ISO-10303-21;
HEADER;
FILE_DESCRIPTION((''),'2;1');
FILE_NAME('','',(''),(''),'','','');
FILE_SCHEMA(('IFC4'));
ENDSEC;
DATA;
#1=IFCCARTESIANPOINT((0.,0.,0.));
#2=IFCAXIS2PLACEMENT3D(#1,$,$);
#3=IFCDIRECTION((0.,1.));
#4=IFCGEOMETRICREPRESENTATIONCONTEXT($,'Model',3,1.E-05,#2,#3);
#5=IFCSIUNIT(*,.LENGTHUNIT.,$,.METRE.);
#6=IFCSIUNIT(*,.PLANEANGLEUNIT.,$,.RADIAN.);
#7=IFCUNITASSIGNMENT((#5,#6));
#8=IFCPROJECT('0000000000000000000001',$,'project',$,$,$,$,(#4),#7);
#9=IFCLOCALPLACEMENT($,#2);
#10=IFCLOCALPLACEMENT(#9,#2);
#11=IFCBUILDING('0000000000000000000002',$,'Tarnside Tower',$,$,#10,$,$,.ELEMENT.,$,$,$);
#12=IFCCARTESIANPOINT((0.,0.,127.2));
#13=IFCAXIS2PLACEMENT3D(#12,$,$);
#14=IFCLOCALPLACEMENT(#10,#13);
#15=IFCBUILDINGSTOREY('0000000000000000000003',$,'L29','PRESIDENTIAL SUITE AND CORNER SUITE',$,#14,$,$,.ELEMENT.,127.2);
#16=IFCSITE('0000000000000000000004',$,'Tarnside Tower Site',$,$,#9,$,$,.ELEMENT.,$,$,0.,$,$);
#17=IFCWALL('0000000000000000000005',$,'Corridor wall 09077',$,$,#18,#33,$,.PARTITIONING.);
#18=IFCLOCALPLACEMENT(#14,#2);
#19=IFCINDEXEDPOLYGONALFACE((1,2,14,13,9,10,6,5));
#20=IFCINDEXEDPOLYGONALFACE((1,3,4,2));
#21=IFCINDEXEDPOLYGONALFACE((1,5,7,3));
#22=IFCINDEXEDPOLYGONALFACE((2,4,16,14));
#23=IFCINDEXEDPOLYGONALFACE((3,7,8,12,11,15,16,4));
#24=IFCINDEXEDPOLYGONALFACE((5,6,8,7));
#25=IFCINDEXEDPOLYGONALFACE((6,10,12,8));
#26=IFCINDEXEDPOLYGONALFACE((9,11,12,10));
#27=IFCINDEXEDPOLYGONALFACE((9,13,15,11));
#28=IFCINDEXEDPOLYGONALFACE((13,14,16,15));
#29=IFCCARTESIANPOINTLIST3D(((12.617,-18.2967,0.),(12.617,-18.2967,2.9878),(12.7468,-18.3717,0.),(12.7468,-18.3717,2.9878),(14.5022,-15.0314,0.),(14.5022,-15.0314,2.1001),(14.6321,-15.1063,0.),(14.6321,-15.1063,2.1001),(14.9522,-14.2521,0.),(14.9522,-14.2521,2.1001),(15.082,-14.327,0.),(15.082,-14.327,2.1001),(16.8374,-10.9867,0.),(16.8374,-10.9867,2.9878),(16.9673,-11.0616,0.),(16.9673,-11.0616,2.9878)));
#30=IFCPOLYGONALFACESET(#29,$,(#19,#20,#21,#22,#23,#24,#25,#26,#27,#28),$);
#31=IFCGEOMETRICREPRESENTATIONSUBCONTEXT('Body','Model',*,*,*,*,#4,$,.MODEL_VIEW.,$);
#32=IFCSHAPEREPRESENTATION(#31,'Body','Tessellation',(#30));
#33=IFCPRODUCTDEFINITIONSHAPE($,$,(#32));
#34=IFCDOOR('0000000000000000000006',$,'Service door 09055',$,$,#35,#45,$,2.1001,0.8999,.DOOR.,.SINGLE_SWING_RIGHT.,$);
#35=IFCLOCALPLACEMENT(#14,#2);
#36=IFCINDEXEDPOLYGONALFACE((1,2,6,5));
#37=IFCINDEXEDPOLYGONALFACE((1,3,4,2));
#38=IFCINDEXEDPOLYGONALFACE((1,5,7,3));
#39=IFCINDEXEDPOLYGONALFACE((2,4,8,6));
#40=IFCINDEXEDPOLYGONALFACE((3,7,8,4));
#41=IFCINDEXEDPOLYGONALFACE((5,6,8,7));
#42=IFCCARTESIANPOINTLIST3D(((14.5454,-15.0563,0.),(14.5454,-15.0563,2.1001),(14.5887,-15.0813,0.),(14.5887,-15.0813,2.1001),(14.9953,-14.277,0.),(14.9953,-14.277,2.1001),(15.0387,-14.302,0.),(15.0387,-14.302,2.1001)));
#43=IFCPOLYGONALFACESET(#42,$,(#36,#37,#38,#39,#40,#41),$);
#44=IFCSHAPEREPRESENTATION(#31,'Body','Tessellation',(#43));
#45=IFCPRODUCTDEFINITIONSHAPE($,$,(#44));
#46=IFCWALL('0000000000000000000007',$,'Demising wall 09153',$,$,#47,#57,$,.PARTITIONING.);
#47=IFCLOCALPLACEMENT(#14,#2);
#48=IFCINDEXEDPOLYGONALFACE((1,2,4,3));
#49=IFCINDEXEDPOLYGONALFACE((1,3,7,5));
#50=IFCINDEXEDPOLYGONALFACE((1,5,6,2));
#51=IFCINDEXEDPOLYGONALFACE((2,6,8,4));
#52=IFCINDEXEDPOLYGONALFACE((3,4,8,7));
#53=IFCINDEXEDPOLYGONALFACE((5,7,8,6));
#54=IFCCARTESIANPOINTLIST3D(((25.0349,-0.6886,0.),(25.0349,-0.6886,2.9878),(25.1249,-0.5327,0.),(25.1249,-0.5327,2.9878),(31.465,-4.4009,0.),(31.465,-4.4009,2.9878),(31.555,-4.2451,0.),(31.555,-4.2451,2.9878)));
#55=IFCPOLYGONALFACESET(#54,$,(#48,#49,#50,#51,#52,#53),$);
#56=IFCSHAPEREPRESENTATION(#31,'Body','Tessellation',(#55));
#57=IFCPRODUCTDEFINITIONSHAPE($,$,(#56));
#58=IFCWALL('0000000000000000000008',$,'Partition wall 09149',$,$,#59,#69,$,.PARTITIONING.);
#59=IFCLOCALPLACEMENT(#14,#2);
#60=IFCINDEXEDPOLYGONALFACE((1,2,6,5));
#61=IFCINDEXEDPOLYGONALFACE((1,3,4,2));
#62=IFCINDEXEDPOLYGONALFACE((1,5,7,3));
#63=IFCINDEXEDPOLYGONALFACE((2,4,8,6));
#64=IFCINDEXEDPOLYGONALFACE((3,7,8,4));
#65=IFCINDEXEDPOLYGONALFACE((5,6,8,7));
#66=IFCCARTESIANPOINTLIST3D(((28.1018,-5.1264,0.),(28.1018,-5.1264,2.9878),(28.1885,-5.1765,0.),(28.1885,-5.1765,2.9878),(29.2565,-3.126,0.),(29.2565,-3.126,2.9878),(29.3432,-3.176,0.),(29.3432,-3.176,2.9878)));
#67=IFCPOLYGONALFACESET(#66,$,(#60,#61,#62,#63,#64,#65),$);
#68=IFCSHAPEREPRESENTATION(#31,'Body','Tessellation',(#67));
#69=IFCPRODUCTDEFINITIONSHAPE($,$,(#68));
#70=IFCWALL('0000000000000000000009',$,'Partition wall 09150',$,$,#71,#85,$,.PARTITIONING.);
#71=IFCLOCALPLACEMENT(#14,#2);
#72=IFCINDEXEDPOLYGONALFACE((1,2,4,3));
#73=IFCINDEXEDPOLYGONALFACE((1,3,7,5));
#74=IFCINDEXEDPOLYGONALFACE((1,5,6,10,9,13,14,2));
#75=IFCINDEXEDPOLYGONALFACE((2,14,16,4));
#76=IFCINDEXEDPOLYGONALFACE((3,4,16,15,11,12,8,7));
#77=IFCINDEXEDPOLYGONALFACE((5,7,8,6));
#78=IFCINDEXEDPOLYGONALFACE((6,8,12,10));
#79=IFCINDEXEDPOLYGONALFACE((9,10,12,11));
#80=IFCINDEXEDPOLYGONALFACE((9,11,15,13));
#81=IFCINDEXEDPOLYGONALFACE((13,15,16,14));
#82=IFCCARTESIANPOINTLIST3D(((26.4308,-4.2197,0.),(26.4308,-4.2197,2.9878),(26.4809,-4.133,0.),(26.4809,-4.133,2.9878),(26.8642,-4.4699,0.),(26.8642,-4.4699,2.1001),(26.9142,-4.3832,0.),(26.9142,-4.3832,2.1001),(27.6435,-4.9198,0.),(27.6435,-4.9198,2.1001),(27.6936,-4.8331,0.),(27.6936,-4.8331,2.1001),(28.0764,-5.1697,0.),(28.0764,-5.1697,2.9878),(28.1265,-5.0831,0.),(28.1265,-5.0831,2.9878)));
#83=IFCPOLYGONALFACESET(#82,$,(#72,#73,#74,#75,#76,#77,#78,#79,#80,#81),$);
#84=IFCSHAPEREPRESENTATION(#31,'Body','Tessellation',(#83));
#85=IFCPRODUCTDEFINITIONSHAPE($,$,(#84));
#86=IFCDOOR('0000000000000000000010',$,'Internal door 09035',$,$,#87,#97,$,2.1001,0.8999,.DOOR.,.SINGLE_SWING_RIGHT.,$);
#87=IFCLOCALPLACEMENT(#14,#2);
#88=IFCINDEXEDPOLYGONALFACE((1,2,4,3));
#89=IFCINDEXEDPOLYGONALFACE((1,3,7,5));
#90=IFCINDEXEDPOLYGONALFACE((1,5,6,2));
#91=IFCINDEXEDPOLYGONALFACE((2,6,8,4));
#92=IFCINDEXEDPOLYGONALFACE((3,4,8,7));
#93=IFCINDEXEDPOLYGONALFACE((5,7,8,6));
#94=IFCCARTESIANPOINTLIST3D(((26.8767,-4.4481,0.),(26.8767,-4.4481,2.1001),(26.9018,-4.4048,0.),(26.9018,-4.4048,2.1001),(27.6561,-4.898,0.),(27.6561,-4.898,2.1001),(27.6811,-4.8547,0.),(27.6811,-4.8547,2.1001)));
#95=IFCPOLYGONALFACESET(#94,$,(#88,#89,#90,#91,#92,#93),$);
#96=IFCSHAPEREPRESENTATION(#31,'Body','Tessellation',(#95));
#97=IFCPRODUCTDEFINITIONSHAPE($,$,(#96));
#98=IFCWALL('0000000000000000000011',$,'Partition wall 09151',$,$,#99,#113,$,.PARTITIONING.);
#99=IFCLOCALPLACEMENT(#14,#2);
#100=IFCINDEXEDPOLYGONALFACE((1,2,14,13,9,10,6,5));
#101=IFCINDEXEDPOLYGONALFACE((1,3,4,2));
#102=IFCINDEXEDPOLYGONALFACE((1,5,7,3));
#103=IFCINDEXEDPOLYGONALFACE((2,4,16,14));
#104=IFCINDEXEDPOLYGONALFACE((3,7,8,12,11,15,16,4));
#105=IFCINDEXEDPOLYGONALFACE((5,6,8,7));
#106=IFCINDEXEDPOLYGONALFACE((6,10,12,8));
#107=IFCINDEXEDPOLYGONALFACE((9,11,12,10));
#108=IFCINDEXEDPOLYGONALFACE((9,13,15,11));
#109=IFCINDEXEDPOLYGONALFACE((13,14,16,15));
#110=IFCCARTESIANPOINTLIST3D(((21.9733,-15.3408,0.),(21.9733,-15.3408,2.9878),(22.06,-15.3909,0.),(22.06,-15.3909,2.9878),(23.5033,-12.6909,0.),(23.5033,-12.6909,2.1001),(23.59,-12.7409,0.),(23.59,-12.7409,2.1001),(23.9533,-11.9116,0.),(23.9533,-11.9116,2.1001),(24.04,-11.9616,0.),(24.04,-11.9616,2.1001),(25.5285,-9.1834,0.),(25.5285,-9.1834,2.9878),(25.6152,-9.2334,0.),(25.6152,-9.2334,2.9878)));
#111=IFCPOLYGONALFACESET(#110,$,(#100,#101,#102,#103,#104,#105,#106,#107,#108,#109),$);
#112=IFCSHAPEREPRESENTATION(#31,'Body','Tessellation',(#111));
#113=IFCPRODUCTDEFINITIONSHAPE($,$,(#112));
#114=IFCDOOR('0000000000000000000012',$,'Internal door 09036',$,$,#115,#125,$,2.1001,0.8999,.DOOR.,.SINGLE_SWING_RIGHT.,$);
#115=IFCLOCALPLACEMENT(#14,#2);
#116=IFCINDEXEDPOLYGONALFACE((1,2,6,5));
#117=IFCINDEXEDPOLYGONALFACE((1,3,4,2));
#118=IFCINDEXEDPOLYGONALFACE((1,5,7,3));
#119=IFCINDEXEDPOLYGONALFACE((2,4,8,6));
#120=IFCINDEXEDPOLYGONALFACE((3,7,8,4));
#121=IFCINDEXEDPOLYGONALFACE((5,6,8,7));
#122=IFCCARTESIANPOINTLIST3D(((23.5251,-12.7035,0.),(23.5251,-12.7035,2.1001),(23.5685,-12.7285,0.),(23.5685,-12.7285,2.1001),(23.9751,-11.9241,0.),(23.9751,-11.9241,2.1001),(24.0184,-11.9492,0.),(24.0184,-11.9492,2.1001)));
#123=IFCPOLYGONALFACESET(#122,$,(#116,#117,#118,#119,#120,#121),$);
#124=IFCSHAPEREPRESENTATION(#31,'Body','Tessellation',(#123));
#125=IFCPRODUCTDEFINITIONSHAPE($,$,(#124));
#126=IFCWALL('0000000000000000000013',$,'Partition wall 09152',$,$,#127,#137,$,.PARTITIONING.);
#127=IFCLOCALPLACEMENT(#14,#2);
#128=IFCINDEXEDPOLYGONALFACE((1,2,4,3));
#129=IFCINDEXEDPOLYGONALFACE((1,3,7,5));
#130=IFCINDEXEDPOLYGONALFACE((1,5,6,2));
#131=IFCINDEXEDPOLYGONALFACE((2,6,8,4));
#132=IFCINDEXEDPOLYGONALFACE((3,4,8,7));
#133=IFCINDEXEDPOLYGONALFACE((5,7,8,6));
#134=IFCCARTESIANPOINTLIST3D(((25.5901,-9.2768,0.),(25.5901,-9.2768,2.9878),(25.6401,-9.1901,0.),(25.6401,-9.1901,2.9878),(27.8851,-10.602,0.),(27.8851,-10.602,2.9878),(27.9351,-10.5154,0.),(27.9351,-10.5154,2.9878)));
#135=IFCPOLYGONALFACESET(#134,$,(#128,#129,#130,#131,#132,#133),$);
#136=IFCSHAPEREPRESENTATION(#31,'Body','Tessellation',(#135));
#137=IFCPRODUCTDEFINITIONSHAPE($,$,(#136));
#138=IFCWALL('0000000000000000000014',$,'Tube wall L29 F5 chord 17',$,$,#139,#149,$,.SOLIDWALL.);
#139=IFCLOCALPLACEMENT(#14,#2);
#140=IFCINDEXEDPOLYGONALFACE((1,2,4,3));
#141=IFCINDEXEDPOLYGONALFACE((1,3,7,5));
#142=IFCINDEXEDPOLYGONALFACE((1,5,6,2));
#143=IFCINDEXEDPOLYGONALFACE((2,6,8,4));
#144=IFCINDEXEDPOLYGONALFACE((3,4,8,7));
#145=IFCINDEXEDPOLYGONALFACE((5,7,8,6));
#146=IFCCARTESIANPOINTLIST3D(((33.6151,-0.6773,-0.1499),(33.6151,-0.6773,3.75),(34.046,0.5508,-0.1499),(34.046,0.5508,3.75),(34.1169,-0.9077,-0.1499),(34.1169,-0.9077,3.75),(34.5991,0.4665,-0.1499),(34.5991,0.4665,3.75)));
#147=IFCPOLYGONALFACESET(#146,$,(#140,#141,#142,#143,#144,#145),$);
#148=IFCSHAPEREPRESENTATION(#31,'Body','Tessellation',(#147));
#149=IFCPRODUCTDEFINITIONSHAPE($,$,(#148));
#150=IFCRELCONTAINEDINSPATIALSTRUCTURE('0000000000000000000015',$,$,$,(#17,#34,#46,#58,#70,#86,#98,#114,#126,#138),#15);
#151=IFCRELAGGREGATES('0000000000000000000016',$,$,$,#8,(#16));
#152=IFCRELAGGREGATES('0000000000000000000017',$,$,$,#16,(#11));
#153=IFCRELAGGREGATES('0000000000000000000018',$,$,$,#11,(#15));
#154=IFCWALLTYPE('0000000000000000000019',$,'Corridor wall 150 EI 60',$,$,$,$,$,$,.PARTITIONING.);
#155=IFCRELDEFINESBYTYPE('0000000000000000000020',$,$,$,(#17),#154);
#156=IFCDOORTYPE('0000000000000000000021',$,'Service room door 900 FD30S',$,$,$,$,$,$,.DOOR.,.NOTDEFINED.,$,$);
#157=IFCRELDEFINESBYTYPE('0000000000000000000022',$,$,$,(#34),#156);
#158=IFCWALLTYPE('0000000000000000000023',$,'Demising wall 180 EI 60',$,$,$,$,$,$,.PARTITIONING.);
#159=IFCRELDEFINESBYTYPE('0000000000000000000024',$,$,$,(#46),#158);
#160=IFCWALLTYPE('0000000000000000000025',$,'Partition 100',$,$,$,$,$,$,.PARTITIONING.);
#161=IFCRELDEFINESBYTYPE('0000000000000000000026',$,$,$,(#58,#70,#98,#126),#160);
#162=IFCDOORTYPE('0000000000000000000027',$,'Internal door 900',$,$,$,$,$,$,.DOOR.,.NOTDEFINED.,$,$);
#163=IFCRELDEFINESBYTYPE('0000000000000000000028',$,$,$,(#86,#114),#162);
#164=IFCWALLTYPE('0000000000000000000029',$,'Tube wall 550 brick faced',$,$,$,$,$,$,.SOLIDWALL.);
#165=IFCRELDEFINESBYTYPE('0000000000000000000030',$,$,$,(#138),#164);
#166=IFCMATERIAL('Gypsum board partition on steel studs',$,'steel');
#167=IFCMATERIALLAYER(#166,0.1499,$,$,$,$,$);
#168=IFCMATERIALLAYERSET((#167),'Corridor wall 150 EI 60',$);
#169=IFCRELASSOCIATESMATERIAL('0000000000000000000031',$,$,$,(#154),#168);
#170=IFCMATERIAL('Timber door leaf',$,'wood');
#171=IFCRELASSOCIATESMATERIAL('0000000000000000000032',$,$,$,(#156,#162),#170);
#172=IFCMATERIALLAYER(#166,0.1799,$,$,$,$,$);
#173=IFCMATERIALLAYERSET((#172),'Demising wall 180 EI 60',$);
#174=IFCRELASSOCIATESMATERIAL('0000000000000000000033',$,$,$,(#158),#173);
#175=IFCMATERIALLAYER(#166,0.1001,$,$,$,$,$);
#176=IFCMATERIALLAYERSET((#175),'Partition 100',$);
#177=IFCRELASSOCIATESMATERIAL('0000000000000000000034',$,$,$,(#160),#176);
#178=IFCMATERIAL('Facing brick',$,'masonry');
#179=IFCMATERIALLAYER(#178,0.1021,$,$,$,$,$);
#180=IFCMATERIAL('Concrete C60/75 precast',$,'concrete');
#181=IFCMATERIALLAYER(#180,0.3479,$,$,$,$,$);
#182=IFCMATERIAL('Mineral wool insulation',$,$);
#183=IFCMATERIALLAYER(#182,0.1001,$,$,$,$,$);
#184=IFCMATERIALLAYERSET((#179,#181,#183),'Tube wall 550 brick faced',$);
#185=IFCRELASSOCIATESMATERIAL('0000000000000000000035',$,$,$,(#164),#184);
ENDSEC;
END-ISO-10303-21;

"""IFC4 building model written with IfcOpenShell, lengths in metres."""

from ifc_helpers import new_model, si_unit, direction, frame, frame_2d, origin, place, context, subcontext, project, spatial, polyline, rectangle, outline, extrude, material, layer, layer_set, type_object, element, fill, save


model = new_model("IFC4")

# Units and contexts
model_context = context("Model", 3, precision=1e-05, world=origin(), true_north=direction((0.0, 1.0)))
body_context = subcontext(model_context, "Body", "Model", "MODEL_VIEW")
ifc_project = project(units=[si_unit("LENGTHUNIT", "METRE"), si_unit("PLANEANGLEUNIT", "RADIAN")], contexts=[model_context])

# Site, building, storey
site_placement = place(None, origin())
site = spatial("IfcSite", under=ifc_project, at=site_placement, Name="Tarnside Tower Site", CompositionType="ELEMENT", RefElevation=0.0)
building_placement = place(site_placement, origin())
building = spatial("IfcBuilding", under=site, at=building_placement, Name="Tarnside Tower", CompositionType="ELEMENT")
storey_placement = place(building_placement, frame((0.0, 0.0, 127.2)))
storey = spatial("IfcBuildingStorey", under=building, at=storey_placement, Name="L29", Description="PRESIDENTIAL SUITE AND CORNER SUITE", CompositionType="ELEMENT", Elevation=127.2)

# Shared definitions
ifc_material_1 = material(Name="Gypsum board partition on steel studs", Category="steel")

# Shared definitions
ifc_material_2 = material(Name="Timber door leaf", Category="wood")

# Shared definitions
ifc_layer_1 = layer(ifc_material_1, 0.1499)
ifc_layer_set_1 = layer_set([ifc_layer_1], Name="Corridor wall 150 EI 60")
wall_type_1 = type_object("IfcWallType", Name="Corridor wall 150 EI 60", PredefinedType="PARTITIONING", material=ifc_layer_set_1)

# Wall, opening, door
wall_1_placement = place(storey_placement, frame((16.9023, -11.0242, 0.0), z_axis=(0.0, 0.0, 1.0), x_axis=(-0.5, -0.866026, 0.0)))
wall_1 = element("IfcWall", 1, at=wall_1_placement, inside=storey, type_object=wall_type_1, Name="Corridor wall 09077", PredefinedType="PARTITIONING", context=body_context, shape_type="SweptSolid", body=[
    extrude(rectangle(XDim=8.4409, YDim=0.1499, at=frame_2d((4.2205, 0.0))), origin(), (0.0, 0.0, 1.0), 2.9878),
])
opening_1_placement = place(wall_1_placement, frame((3.7705, 0.0, 0.0)))
opening_1 = element("IfcOpeningElement", 2, at=opening_1_placement, cuts=wall_1, PredefinedType="OPENING", context=body_context, shape_type="SweptSolid", body=[
    extrude(rectangle(XDim=0.8999, YDim=2.1001, at=frame_2d((0.45, 1.05))), frame((0.0, 0.085, 0.0), z_axis=(0.0, -1.0, 0.0), x_axis=(1.0, 0.0, 0.0)), (0.0, 0.0, 1.0), 0.1699),
])
door_type_1 = type_object("IfcDoorType", Name="Service room door 900 FD30S", OperationType="NOTDEFINED", PredefinedType="DOOR", material=ifc_material_2)
door_1_placement = place(opening_1_placement, origin())
door_1 = element("IfcDoor", 3, at=door_1_placement, inside=storey, type_object=door_type_1, Name="Service door 09055", OperationType="SINGLE_SWING_RIGHT", OverallHeight=2.1001, OverallWidth=0.8999, PredefinedType="DOOR", context=body_context, shape_type="SweptSolid", body=[
    extrude(rectangle(XDim=0.8999, YDim=2.1001, at=frame_2d((0.45, 1.05))), frame((0.0, 0.0249, 0.0), z_axis=(0.0, -1.0, 0.0), x_axis=(1.0, 0.0, 0.0)), (0.0, 0.0, 1.0), 0.05),
])
fill(opening_1, door_1)

# Walls
ifc_layer_2 = layer(ifc_material_1, 0.1799)
ifc_layer_set_2 = layer_set([ifc_layer_2], Name="Demising wall 180 EI 60")
wall_type_2 = type_object("IfcWallType", Name="Demising wall 180 EI 60", PredefinedType="PARTITIONING", material=ifc_layer_set_2)
wall_2_placement = place(storey_placement, frame((31.51, -4.323, 0.0), z_axis=(0.0, 0.0, 1.0), x_axis=(-0.866029, 0.499994, 0.0)))
element("IfcWall", 4, at=wall_2_placement, inside=storey, type_object=wall_type_2, Name="Demising wall 09153", PredefinedType="PARTITIONING", context=body_context, shape_type="SweptSolid", body=[
    extrude(rectangle(XDim=7.4248, YDim=0.1799, at=frame_2d((3.7124, 0.0))), origin(), (0.0, 0.0, 1.0), 2.9878),
])
ifc_layer_3 = layer(ifc_material_1, 0.1001)
ifc_layer_set_3 = layer_set([ifc_layer_3], Name="Partition 100")
wall_type_3 = type_object("IfcWallType", Name="Partition 100", PredefinedType="PARTITIONING", material=ifc_layer_set_3)
wall_3_placement = place(storey_placement, frame((29.2998, -3.1511, 0.0), z_axis=(0.0, 0.0, 1.0), x_axis=(-0.499936, -0.866062, 0.0)))
element("IfcWall", 5, at=wall_3_placement, inside=storey, type_object=wall_type_3, Name="Partition wall 09149", PredefinedType="PARTITIONING", context=body_context, shape_type="SweptSolid", body=[
    extrude(rectangle(XDim=2.3098, YDim=0.1001, at=frame_2d((1.1548, 0.0))), origin(), (0.0, 0.0, 1.0), 2.9878),
])

# Walls, openings, doors
wall_4_placement = place(storey_placement, frame((28.1016, -5.1265, 0.0), z_axis=(0.0, 0.0, 1.0), x_axis=(-0.866044, 0.499967, 0.0)))
wall_4 = element("IfcWall", 6, at=wall_4_placement, inside=storey, type_object=wall_type_3, Name="Partition wall 09150", PredefinedType="PARTITIONING", context=body_context, shape_type="SweptSolid", body=[
    extrude(rectangle(XDim=1.9001, YDim=0.1001, at=frame_2d((0.9502, 0.0))), origin(), (0.0, 0.0, 1.0), 2.9878),
])
opening_2_placement = place(wall_4_placement, frame((0.5, 0.0, 0.0)))
opening_2 = element("IfcOpeningElement", 7, at=opening_2_placement, cuts=wall_4, PredefinedType="OPENING", context=body_context, shape_type="SweptSolid", body=[
    extrude(rectangle(XDim=0.8999, YDim=2.1001, at=frame_2d((0.45, 1.05))), frame((0.0, 0.0601, 0.0), z_axis=(0.0, -1.0, 0.0), x_axis=(1.0, 0.0, 0.0)), (0.0, 0.0, 1.0), 0.1201),
])
door_type_2 = type_object("IfcDoorType", Name="Internal door 900", OperationType="NOTDEFINED", PredefinedType="DOOR", material=ifc_material_2)
door_2_placement = place(opening_2_placement, origin())
door_2 = element("IfcDoor", 8, at=door_2_placement, inside=storey, type_object=door_type_2, Name="Internal door 09035", OperationType="SINGLE_SWING_RIGHT", OverallHeight=2.1001, OverallWidth=0.8999, PredefinedType="DOOR", context=body_context, shape_type="SweptSolid", body=[
    extrude(rectangle(XDim=0.8999, YDim=2.1001, at=frame_2d((0.45, 1.05))), frame((0.0, 0.0249, 0.0), z_axis=(0.0, -1.0, 0.0), x_axis=(1.0, 0.0, 0.0)), (0.0, 0.0, 1.0), 0.05),
])
fill(opening_2, door_2)
wall_5_placement = place(storey_placement, frame((22.0166, -15.366, 0.0), z_axis=(0.0, 0.0, 1.0), x_axis=(0.500017, 0.866016, 0.0)))
wall_5 = element("IfcWall", 9, at=wall_5_placement, inside=storey, type_object=wall_type_3, Name="Partition wall 09151", PredefinedType="PARTITIONING", context=body_context, shape_type="SweptSolid", body=[
    extrude(rectangle(XDim=7.1101, YDim=0.1001, at=frame_2d((3.5552, 0.0))), origin(), (0.0, 0.0, 1.0), 2.9878),
])
opening_3_placement = place(wall_5_placement, frame((3.0601, 0.0, 0.0)))
opening_3 = element("IfcOpeningElement", 10, at=opening_3_placement, cuts=wall_5, PredefinedType="OPENING", context=body_context, shape_type="SweptSolid", body=[
    extrude(rectangle(XDim=0.8999, YDim=2.1001, at=frame_2d((0.45, 1.05))), frame((0.0, 0.0601, 0.0), z_axis=(0.0, -1.0, 0.0), x_axis=(1.0, 0.0, 0.0)), (0.0, 0.0, 1.0), 0.1201),
])
door_3_placement = place(opening_3_placement, origin())
door_3 = element("IfcDoor", 11, at=door_3_placement, inside=storey, type_object=door_type_2, Name="Internal door 09036", OperationType="SINGLE_SWING_RIGHT", OverallHeight=2.1001, OverallWidth=0.8999, PredefinedType="DOOR", context=body_context, shape_type="SweptSolid", body=[
    extrude(rectangle(XDim=0.8999, YDim=2.1001, at=frame_2d((0.45, 1.05))), frame((0.0, 0.0249, 0.0), z_axis=(0.0, -1.0, 0.0), x_axis=(1.0, 0.0, 0.0)), (0.0, 0.0, 1.0), 0.05),
])
fill(opening_3, door_3)

# Walls
wall_6_placement = place(storey_placement, frame((25.615, -9.2334, 0.0), z_axis=(0.0, 0.0, 1.0), x_axis=(0.865989, -0.500063, 0.0)))
element("IfcWall", 12, at=wall_6_placement, inside=storey, type_object=wall_type_3, Name="Partition wall 09152", PredefinedType="PARTITIONING", context=body_context, shape_type="SweptSolid", body=[
    extrude(rectangle(XDim=2.6501, YDim=0.1001, at=frame_2d((1.3252, 0.0))), origin(), (0.0, 0.0, 1.0), 2.9878),
])
ifc_material_3 = material(Name="Facing brick", Category="masonry")
ifc_layer_4 = layer(ifc_material_3, 0.1021)
ifc_material_4 = material(Name="Concrete C60/75 precast", Category="concrete")
ifc_layer_5 = layer(ifc_material_4, 0.3479)
ifc_material_5 = material(Name="Mineral wool insulation")
ifc_layer_6 = layer(ifc_material_5, 0.1001)
ifc_layer_set_4 = layer_set([ifc_layer_4, ifc_layer_5, ifc_layer_6], Name="Tube wall 550 brick faced")
wall_type_4 = type_object("IfcWallType", Name="Tube wall 550 brick faced", PredefinedType="SOLIDWALL", material=ifc_layer_set_4)
wall_7_placement = place(storey_placement, frame((33.866, -0.7925, -0.1499), z_axis=(0.0, 0.0, 1.0), x_axis=(0.331115, 0.94359, 0.0)))
element("IfcWall", 13, at=wall_7_placement, inside=storey, type_object=wall_type_4, Name="Tube wall L29 F5 chord 17", PredefinedType="SOLIDWALL", context=body_context, shape_type="SweptSolid", body=[
    extrude(outline(polyline([(-0.0256, -0.2749), (1.4307, -0.2749), (1.3271, 0.2749), (0.0256, 0.2749), (-0.0256, -0.2749)])), origin(), (0.0, 0.0, 1.0), 3.8999),
])

save(model, "model.ifc")
